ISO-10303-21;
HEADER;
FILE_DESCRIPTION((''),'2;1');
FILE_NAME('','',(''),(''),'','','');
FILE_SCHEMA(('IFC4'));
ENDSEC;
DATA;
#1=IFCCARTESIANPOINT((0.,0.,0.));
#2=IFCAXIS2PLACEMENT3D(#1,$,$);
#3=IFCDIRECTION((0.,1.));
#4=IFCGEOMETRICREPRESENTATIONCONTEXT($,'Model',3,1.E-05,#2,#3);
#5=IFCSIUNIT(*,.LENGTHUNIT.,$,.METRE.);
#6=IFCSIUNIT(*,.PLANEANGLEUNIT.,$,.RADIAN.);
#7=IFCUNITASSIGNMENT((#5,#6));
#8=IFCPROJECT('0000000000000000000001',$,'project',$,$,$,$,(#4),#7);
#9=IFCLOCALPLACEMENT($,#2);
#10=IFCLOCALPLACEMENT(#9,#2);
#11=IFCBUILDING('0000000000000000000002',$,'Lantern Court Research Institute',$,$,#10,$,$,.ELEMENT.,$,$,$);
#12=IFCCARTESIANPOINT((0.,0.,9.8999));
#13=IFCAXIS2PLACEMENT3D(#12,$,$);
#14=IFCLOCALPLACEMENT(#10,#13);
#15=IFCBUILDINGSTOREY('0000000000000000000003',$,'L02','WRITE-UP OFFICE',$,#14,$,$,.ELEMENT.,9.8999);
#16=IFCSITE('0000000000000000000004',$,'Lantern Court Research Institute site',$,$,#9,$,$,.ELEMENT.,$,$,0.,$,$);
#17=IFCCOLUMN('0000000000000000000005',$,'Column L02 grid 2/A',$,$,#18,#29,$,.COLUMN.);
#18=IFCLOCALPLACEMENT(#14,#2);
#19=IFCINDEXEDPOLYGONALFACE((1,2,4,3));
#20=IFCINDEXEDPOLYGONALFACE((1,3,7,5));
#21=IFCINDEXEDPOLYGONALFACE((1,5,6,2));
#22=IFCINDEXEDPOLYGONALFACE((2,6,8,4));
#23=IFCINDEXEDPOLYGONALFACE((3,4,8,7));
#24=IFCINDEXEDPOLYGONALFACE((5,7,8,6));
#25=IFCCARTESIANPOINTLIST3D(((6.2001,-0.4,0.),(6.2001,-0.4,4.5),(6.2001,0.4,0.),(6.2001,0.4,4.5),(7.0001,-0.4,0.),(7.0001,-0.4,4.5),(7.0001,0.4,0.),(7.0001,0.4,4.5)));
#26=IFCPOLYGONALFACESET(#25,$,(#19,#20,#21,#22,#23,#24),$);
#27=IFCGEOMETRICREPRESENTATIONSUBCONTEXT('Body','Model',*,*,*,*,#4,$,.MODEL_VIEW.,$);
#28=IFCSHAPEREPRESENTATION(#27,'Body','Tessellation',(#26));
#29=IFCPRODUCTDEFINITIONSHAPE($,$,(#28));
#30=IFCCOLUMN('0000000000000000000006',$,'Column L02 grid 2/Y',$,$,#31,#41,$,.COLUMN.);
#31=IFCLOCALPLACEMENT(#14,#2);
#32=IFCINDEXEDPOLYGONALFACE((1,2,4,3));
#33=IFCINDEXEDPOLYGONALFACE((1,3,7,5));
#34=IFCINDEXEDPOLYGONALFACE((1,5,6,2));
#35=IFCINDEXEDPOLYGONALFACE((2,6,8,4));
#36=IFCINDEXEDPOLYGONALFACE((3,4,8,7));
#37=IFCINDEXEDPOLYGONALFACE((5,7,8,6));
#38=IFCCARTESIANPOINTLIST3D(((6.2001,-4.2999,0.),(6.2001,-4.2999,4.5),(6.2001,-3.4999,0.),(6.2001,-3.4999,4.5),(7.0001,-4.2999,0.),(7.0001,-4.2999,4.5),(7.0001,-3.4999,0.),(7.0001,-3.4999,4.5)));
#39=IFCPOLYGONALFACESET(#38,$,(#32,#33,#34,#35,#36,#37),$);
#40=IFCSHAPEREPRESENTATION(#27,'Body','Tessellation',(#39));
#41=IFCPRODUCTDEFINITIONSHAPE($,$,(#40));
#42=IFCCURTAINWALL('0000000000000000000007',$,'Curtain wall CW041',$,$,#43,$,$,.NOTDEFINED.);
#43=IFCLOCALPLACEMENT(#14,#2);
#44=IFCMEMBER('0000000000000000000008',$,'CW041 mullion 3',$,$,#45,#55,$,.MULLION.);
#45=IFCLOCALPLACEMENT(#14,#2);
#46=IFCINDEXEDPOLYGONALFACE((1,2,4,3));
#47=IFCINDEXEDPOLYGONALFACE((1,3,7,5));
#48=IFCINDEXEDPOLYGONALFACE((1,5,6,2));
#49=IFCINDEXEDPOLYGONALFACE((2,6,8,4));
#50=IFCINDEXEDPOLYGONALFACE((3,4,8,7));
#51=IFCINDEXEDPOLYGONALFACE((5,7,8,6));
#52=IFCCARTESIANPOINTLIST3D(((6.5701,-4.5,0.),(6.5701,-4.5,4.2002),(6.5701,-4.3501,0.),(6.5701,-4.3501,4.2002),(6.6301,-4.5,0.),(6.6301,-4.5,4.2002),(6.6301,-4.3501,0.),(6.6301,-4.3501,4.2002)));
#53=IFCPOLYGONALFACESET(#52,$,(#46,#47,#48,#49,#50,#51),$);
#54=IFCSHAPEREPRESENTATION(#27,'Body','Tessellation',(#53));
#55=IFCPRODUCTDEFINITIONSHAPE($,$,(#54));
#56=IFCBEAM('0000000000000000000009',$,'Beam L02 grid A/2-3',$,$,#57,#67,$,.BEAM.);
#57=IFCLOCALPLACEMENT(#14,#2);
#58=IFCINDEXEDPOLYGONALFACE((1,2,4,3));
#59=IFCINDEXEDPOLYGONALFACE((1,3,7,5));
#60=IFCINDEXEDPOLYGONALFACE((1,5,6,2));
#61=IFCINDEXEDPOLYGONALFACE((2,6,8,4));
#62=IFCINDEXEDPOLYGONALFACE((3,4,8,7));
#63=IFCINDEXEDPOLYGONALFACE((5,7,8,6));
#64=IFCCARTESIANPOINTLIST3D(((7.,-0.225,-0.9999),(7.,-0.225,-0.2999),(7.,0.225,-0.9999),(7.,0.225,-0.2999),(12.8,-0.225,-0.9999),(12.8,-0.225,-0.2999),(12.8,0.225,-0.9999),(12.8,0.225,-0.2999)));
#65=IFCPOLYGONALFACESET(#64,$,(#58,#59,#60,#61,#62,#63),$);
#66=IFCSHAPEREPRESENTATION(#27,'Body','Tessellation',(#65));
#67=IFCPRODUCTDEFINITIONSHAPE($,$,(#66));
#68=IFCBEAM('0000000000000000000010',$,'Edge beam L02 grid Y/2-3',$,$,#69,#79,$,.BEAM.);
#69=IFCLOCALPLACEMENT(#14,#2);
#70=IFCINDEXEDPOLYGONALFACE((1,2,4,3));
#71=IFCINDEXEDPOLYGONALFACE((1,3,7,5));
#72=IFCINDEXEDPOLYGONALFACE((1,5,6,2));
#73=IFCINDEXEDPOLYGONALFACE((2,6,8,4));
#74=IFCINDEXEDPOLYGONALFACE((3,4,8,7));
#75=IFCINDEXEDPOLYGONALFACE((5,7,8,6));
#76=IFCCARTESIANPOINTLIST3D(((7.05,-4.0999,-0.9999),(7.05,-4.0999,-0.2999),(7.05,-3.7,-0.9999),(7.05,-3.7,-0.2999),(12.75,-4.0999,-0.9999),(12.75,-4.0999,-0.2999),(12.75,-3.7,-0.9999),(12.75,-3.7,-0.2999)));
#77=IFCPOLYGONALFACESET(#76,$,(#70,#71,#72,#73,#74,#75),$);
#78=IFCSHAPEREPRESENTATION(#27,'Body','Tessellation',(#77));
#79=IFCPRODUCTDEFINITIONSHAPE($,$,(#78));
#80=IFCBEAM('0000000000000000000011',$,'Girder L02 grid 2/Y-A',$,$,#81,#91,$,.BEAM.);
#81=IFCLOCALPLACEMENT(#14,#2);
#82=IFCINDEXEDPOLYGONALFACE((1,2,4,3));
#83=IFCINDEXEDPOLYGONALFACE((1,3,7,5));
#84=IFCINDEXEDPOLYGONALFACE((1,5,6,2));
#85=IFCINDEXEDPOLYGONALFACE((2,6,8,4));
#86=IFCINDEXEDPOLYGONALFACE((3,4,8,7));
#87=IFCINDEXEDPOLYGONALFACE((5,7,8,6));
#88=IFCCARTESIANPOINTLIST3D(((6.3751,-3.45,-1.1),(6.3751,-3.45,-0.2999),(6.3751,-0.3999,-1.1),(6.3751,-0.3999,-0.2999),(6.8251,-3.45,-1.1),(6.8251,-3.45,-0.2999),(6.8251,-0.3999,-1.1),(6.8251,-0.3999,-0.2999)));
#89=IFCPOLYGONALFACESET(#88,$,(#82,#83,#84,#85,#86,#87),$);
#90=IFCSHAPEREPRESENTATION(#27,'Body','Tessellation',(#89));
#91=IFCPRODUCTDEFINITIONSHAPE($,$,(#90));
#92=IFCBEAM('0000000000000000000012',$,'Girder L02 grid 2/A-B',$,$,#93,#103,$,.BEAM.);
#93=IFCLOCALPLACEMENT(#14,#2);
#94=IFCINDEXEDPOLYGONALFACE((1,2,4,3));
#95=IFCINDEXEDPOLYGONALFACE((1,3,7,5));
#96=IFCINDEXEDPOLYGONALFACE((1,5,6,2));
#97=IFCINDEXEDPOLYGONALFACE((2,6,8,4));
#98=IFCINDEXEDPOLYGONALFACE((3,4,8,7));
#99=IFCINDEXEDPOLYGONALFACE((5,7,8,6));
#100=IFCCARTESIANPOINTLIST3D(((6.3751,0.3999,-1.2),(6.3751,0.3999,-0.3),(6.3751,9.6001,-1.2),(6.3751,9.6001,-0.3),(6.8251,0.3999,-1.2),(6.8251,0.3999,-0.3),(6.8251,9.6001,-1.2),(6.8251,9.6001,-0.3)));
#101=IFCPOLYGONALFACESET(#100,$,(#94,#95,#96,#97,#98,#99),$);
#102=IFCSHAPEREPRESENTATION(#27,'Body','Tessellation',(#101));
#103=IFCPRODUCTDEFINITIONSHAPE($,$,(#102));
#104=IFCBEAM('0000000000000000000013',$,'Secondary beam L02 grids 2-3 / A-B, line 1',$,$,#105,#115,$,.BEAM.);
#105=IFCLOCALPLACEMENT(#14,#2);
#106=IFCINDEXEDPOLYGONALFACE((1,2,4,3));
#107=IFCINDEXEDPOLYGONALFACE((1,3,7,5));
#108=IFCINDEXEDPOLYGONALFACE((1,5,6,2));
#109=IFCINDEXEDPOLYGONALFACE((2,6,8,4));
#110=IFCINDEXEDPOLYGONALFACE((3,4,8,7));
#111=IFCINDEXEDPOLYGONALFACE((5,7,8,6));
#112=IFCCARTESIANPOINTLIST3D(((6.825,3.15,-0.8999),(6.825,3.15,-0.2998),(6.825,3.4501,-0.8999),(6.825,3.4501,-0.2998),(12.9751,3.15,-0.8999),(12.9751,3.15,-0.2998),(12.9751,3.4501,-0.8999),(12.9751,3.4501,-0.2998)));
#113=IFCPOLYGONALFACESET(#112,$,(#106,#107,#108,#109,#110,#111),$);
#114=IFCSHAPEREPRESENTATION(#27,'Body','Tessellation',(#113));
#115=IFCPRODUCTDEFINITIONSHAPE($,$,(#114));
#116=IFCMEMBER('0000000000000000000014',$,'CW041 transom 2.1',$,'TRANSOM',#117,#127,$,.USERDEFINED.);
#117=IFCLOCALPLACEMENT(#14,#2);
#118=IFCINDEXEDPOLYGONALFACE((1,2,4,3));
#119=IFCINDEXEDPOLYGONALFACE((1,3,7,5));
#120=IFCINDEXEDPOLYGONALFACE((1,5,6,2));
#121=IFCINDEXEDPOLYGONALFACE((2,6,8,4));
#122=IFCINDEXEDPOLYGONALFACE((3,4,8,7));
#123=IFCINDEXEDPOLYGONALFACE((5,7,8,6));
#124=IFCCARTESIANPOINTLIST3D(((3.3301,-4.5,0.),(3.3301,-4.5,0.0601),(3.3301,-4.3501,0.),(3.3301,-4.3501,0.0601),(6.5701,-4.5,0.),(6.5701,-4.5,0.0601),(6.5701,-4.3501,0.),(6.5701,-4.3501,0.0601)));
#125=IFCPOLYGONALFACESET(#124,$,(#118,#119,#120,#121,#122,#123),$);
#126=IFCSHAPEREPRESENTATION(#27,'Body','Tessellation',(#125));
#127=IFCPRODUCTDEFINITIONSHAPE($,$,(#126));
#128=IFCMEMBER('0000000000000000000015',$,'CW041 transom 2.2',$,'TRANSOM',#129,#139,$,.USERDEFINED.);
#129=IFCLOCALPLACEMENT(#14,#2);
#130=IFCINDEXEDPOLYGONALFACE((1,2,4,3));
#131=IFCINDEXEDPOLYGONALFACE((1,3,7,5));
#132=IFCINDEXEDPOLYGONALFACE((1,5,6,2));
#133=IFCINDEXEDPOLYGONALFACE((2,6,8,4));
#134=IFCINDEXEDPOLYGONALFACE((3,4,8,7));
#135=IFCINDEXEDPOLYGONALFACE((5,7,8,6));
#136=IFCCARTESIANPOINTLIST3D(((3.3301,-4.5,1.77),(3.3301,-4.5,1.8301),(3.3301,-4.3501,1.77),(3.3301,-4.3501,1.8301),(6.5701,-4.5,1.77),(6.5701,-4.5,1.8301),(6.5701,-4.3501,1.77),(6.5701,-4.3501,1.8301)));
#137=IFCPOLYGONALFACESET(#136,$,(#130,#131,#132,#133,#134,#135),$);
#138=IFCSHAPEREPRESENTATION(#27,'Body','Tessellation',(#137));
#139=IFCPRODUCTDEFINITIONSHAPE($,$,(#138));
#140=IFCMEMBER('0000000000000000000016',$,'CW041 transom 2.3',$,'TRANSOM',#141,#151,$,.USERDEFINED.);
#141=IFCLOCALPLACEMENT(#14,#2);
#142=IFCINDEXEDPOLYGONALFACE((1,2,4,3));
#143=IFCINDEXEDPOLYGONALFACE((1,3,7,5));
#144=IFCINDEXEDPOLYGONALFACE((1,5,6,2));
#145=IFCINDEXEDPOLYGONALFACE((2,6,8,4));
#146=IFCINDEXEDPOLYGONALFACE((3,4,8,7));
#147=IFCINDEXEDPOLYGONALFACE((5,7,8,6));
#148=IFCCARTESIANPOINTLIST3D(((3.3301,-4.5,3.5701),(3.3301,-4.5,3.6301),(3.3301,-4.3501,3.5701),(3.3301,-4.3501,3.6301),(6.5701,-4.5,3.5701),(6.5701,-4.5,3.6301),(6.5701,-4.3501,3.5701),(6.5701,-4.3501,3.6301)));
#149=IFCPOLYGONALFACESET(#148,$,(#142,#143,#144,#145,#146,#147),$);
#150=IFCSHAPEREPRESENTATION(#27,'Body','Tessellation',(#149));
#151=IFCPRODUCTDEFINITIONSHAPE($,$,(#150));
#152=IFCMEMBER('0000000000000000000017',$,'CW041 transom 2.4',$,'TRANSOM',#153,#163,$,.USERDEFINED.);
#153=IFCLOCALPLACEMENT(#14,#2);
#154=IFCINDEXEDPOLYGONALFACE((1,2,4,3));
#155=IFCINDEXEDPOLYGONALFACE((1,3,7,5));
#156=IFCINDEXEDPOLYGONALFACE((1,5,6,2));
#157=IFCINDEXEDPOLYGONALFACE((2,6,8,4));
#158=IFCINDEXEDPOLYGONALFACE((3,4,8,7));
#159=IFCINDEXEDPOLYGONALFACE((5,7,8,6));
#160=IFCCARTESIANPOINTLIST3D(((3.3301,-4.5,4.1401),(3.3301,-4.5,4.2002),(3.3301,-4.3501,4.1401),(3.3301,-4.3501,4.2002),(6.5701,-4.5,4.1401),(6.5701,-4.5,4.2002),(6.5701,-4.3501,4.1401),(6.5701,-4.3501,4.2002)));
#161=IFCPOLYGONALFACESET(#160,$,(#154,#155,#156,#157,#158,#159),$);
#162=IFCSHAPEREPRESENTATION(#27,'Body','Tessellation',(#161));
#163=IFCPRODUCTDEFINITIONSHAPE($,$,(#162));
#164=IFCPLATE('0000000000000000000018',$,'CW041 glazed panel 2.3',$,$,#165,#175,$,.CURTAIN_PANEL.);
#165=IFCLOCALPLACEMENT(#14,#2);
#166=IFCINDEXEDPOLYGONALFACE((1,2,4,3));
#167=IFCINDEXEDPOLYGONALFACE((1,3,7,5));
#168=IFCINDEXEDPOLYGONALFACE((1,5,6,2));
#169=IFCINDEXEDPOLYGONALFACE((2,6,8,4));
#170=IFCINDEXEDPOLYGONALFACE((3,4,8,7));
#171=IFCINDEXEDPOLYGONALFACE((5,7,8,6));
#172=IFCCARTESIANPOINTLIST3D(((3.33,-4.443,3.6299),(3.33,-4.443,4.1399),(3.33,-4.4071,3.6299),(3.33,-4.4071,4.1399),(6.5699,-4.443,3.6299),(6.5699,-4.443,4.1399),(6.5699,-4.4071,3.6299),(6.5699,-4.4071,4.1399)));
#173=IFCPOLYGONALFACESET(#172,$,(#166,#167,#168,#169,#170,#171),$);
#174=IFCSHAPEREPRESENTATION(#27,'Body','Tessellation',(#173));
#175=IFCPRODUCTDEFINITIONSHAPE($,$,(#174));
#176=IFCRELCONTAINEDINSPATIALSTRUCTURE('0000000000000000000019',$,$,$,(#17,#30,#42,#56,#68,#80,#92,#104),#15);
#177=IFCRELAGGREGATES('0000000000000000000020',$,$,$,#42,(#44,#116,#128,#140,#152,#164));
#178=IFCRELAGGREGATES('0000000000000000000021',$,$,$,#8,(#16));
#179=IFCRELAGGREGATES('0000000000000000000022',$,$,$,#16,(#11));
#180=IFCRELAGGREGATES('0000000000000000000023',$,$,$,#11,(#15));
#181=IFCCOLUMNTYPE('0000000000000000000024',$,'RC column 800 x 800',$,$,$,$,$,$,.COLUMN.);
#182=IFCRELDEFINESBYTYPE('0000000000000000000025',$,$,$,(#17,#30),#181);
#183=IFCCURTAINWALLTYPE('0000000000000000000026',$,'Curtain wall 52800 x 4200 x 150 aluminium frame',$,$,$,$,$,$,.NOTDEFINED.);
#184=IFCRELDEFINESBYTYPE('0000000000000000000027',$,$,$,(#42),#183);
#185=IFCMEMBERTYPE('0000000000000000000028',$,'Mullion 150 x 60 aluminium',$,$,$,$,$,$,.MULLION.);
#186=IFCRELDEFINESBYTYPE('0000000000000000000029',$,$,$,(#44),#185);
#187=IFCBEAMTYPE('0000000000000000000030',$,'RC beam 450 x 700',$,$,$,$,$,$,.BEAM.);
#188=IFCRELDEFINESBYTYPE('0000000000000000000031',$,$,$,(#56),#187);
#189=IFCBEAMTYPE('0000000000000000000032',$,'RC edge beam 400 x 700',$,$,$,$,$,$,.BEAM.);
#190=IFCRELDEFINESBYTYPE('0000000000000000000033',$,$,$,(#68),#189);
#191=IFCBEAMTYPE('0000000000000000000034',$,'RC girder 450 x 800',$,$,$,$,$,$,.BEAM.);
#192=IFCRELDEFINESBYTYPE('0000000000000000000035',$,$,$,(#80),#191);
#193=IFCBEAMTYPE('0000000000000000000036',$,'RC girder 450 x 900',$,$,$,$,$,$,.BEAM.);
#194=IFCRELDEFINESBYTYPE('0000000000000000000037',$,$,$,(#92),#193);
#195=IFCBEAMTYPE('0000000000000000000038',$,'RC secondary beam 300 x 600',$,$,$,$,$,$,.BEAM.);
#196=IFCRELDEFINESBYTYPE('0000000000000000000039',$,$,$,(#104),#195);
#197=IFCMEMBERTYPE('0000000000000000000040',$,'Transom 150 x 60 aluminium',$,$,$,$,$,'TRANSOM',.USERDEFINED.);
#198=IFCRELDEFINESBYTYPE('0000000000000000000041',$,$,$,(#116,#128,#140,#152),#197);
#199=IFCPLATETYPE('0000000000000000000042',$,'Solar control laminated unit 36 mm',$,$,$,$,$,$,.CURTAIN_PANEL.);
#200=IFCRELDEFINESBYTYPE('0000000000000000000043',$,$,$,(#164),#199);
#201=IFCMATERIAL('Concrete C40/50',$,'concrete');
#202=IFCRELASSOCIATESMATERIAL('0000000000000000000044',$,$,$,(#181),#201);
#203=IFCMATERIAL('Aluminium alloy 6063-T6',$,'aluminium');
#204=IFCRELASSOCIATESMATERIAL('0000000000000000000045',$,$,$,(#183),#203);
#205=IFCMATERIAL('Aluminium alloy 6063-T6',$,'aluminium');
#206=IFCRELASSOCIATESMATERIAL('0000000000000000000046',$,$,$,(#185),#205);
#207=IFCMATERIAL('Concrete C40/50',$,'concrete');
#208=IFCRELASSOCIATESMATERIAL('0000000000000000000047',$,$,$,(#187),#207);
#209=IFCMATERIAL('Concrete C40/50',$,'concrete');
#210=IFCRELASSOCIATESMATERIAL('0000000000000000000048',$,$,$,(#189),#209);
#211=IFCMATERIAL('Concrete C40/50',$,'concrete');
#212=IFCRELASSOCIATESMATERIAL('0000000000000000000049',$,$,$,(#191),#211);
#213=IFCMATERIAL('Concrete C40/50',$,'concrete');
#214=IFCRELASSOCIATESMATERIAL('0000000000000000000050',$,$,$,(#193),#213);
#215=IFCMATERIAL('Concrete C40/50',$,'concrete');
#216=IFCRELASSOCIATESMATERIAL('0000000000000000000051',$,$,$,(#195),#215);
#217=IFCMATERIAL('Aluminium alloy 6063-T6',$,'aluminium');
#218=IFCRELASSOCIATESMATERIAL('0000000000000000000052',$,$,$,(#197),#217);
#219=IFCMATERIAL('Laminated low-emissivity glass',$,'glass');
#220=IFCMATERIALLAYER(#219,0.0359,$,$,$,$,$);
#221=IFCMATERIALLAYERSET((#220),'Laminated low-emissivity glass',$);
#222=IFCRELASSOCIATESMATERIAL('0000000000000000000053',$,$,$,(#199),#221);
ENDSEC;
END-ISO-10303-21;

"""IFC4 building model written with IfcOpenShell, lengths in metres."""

from ifc_helpers import new_model, si_unit, direction, frame, origin, origin_2d, place, context, subcontext, project, spatial, rectangle, extrude, material, layer, layer_set, material_profile, profile_set, type_object, element, aggregate, save


model = new_model("IFC4")

# Units and contexts
model_context = context("Model", 3, precision=1e-05, world=origin(), true_north=direction((0.0, 1.0)))
body_context = subcontext(model_context, "Body", "Model", "MODEL_VIEW")
ifc_project = project(units=[si_unit("LENGTHUNIT", "METRE"), si_unit("PLANEANGLEUNIT", "RADIAN")], contexts=[model_context])

# Site, building, storey
site_placement = place(None, origin())
site = spatial("IfcSite", under=ifc_project, at=site_placement, Name="Lantern Court Research Institute site", CompositionType="ELEMENT", RefElevation=0.0)
building_placement = place(site_placement, origin())
building = spatial("IfcBuilding", under=site, at=building_placement, Name="Lantern Court Research Institute", CompositionType="ELEMENT")
storey_placement = place(building_placement, frame((0.0, 0.0, 9.8999)))
storey = spatial("IfcBuildingStorey", under=building, at=storey_placement, Name="L02", Description="WRITE-UP OFFICE", CompositionType="ELEMENT", Elevation=9.8999)

# Columns
ifc_material_1 = material(Name="Concrete C40/50", Category="concrete")
ifc_material_profile_1 = material_profile(ifc_material_1, rectangle(XDim=0.8, YDim=0.8, at=origin_2d()), Name="RC column 800 x 800")
ifc_profile_set_1 = profile_set([ifc_material_profile_1], Name="Concrete C40/50")
column_type = type_object("IfcColumnType", Name="RC column 800 x 800", PredefinedType="COLUMN", material=ifc_profile_set_1)
for number, where, z_axis, x_axis, name in (
    (1, (6.6001, 0.0, 0.0), (0.0, 0.0, 1.0), (1.0, 0.0, 0.0), "Column L02 grid 2/A"),
    (2, (6.6001, -3.8999, 0.0), (0.0, 0.0, 1.0), (1.0, 0.0, 0.0), "Column L02 grid 2/Y"),
):
    element("IfcColumn", number, at=place(storey_placement, frame(where, z_axis=z_axis, x_axis=x_axis)), inside=storey, type_object=column_type, Name=name, PredefinedType="COLUMN", context=body_context, shape_type="SweptSolid", body=[
        extrude(rectangle(XDim=0.8, YDim=0.8, at=origin_2d()), origin(), (0.0, 0.0, 1.0), 4.5),
    ])

# Curtain wall, member
ifc_material_2 = material(Name="Aluminium alloy 6063-T6", Category="aluminium")
curtain_wall_type = type_object("IfcCurtainWallType", Name="Curtain wall 52800 x 4200 x 150 aluminium frame", PredefinedType="NOTDEFINED", material=ifc_material_2)
curtain_wall_placement = place(storey_placement, origin())
curtain_wall = element("IfcCurtainWall", 3, at=curtain_wall_placement, inside=storey, type_object=curtain_wall_type, Name="Curtain wall CW041", PredefinedType="NOTDEFINED")
ifc_material_3 = material(Name="Aluminium alloy 6063-T6", Category="aluminium")
ifc_material_profile_2 = material_profile(ifc_material_3, rectangle(XDim=0.1499, YDim=0.0601, at=origin_2d()), Name="Mullion 150 x 60")
ifc_profile_set_2 = profile_set([ifc_material_profile_2], Name="Aluminium alloy 6063-T6")
member_type_1 = type_object("IfcMemberType", Name="Mullion 150 x 60 aluminium", PredefinedType="MULLION", material=ifc_profile_set_2)
member_1_placement = place(storey_placement, frame((6.6001, -4.425, 0.0), z_axis=(0.0, 0.0, 1.0), x_axis=(0.0, -1.0, 0.0)))
member_1 = element("IfcMember", 4, at=member_1_placement, type_object=member_type_1, Name="CW041 mullion 3", PredefinedType="MULLION", context=body_context, shape_type="SweptSolid", body=[
    extrude(rectangle(XDim=0.1499, YDim=0.0601, at=origin_2d()), origin(), (0.0, 0.0, 1.0), 4.2002),
])

# Beams
ifc_material_4 = material(Name="Concrete C40/50", Category="concrete")
ifc_material_profile_3 = material_profile(ifc_material_4, rectangle(XDim=0.45, YDim=0.7, at=origin_2d()), Name="RC beam 450 x 700")
ifc_profile_set_3 = profile_set([ifc_material_profile_3], Name="Concrete C40/50")
beam_type_1 = type_object("IfcBeamType", Name="RC beam 450 x 700", PredefinedType="BEAM", material=ifc_profile_set_3)
beam_1_placement = place(storey_placement, frame((7.0, 0.0, -0.6499), z_axis=(1.0, 0.0, 0.0), x_axis=(0.0, 1.0, 0.0)))
element("IfcBeam", 5, at=beam_1_placement, inside=storey, type_object=beam_type_1, Name="Beam L02 grid A/2-3", PredefinedType="BEAM", context=body_context, shape_type="SweptSolid", body=[
    extrude(rectangle(XDim=0.45, YDim=0.7, at=origin_2d()), origin(), (0.0, 0.0, 1.0), 5.8),
])
ifc_material_5 = material(Name="Concrete C40/50", Category="concrete")
ifc_material_profile_4 = material_profile(ifc_material_5, rectangle(XDim=0.3999, YDim=0.7, at=origin_2d()), Name="RC beam 400 x 700")
ifc_profile_set_4 = profile_set([ifc_material_profile_4], Name="Concrete C40/50")
beam_type_2 = type_object("IfcBeamType", Name="RC edge beam 400 x 700", PredefinedType="BEAM", material=ifc_profile_set_4)
beam_2_placement = place(storey_placement, frame((7.05, -3.8999, -0.6499), z_axis=(1.0, 0.0, 0.0), x_axis=(0.0, 1.0, 0.0)))
element("IfcBeam", 6, at=beam_2_placement, inside=storey, type_object=beam_type_2, Name="Edge beam L02 grid Y/2-3", PredefinedType="BEAM", context=body_context, shape_type="SweptSolid", body=[
    extrude(rectangle(XDim=0.3999, YDim=0.7, at=origin_2d()), origin(), (0.0, 0.0, 1.0), 5.7),
])
ifc_material_6 = material(Name="Concrete C40/50", Category="concrete")
ifc_material_profile_5 = material_profile(ifc_material_6, rectangle(XDim=0.45, YDim=0.8, at=origin_2d()), Name="RC beam 450 x 800")
ifc_profile_set_5 = profile_set([ifc_material_profile_5], Name="Concrete C40/50")
beam_type_3 = type_object("IfcBeamType", Name="RC girder 450 x 800", PredefinedType="BEAM", material=ifc_profile_set_5)
beam_3_placement = place(storey_placement, frame((6.6001, -3.45, -0.7), z_axis=(0.0, 1.0, 0.0), x_axis=(-1.0, 0.0, 0.0)))
element("IfcBeam", 7, at=beam_3_placement, inside=storey, type_object=beam_type_3, Name="Girder L02 grid 2/Y-A", PredefinedType="BEAM", context=body_context, shape_type="SweptSolid", body=[
    extrude(rectangle(XDim=0.45, YDim=0.8, at=origin_2d()), origin(), (0.0, 0.0, 1.0), 3.05),
])
ifc_material_7 = material(Name="Concrete C40/50", Category="concrete")
ifc_material_profile_6 = material_profile(ifc_material_7, rectangle(XDim=0.45, YDim=0.8999, at=origin_2d()), Name="RC beam 450 x 900")
ifc_profile_set_6 = profile_set([ifc_material_profile_6], Name="Concrete C40/50")
beam_type_4 = type_object("IfcBeamType", Name="RC girder 450 x 900", PredefinedType="BEAM", material=ifc_profile_set_6)
beam_4_placement = place(storey_placement, frame((6.6001, 0.3999, -0.75), z_axis=(0.0, 1.0, 0.0), x_axis=(-1.0, 0.0, 0.0)))
element("IfcBeam", 8, at=beam_4_placement, inside=storey, type_object=beam_type_4, Name="Girder L02 grid 2/A-B", PredefinedType="BEAM", context=body_context, shape_type="SweptSolid", body=[
    extrude(rectangle(XDim=0.45, YDim=0.8999, at=origin_2d()), origin(), (0.0, 0.0, 1.0), 9.2002),
])
ifc_material_8 = material(Name="Concrete C40/50", Category="concrete")
ifc_material_profile_7 = material_profile(ifc_material_8, rectangle(XDim=0.3, YDim=0.6001, at=origin_2d()), Name="RC beam 300 x 600")
ifc_profile_set_7 = profile_set([ifc_material_profile_7], Name="Concrete C40/50")
beam_type_5 = type_object("IfcBeamType", Name="RC secondary beam 300 x 600", PredefinedType="BEAM", material=ifc_profile_set_7)
beam_5_placement = place(storey_placement, frame((6.825, 3.3, -0.5999), z_axis=(1.0, 0.0, 0.0), x_axis=(0.0, 1.0, 0.0)))
element("IfcBeam", 9, at=beam_5_placement, inside=storey, type_object=beam_type_5, Name="Secondary beam L02 grids 2-3 / A-B, line 1", PredefinedType="BEAM", context=body_context, shape_type="SweptSolid", body=[
    extrude(rectangle(XDim=0.3, YDim=0.6001, at=origin_2d()), origin(), (0.0, 0.0, 1.0), 6.1501),
])

# Members
ifc_material_9 = material(Name="Aluminium alloy 6063-T6", Category="aluminium")
ifc_material_profile_8 = material_profile(ifc_material_9, rectangle(XDim=0.1499, YDim=0.0601, at=origin_2d()), Name="Transom 150 x 60")
ifc_profile_set_8 = profile_set([ifc_material_profile_8], Name="Aluminium alloy 6063-T6")
member_type_2 = type_object("IfcMemberType", Name="Transom 150 x 60 aluminium", ElementType="TRANSOM", PredefinedType="USERDEFINED", material=ifc_profile_set_8)
member_2_placement = place(storey_placement, frame((6.5701, -4.425, 0.03), z_axis=(-1.0, 0.0, 0.0), x_axis=(0.0, -1.0, 0.0)))
member_2 = element("IfcMember", 10, at=member_2_placement, type_object=member_type_2, Name="CW041 transom 2.1", ObjectType="TRANSOM", PredefinedType="USERDEFINED", context=body_context, shape_type="SweptSolid", body=[
    extrude(rectangle(XDim=0.1499, YDim=0.0601, at=origin_2d()), origin(), (0.0, 0.0, 1.0), 3.24),
])
member_3_placement = place(storey_placement, frame((6.5701, -4.425, 1.8), z_axis=(-1.0, 0.0, 0.0), x_axis=(0.0, -1.0, 0.0)))
member_3 = element("IfcMember", 11, at=member_3_placement, type_object=member_type_2, Name="CW041 transom 2.2", ObjectType="TRANSOM", PredefinedType="USERDEFINED", context=body_context, shape_type="SweptSolid", body=[
    extrude(rectangle(XDim=0.1499, YDim=0.0601, at=origin_2d()), origin(), (0.0, 0.0, 1.0), 3.24),
])
member_4_placement = place(storey_placement, frame((6.5701, -4.425, 3.6001), z_axis=(-1.0, 0.0, 0.0), x_axis=(0.0, -1.0, 0.0)))
member_4 = element("IfcMember", 12, at=member_4_placement, type_object=member_type_2, Name="CW041 transom 2.3", ObjectType="TRANSOM", PredefinedType="USERDEFINED", context=body_context, shape_type="SweptSolid", body=[
    extrude(rectangle(XDim=0.1499, YDim=0.0601, at=origin_2d()), origin(), (0.0, 0.0, 1.0), 3.24),
])
member_5_placement = place(storey_placement, frame((6.5701, -4.425, 4.1702), z_axis=(-1.0, 0.0, 0.0), x_axis=(0.0, -1.0, 0.0)))
member_5 = element("IfcMember", 13, at=member_5_placement, type_object=member_type_2, Name="CW041 transom 2.4", ObjectType="TRANSOM", PredefinedType="USERDEFINED", context=body_context, shape_type="SweptSolid", body=[
    extrude(rectangle(XDim=0.1499, YDim=0.0601, at=origin_2d()), origin(), (0.0, 0.0, 1.0), 3.24),
])

# Plate
ifc_material_10 = material(Name="Laminated low-emissivity glass", Category="glass")
ifc_layer_1 = layer(ifc_material_10, 0.0359)
ifc_layer_set_1 = layer_set([ifc_layer_1], Name="Laminated low-emissivity glass")
plate_type = type_object("IfcPlateType", Name="Solar control laminated unit 36 mm", PredefinedType="CURTAIN_PANEL", material=ifc_layer_set_1)
plate_placement = place(storey_placement, frame((4.95, -4.425, 3.6299), z_axis=(0.0, 0.0, 1.0), x_axis=(-1.0, 0.0, 0.0)))
plate = element("IfcPlate", 14, at=plate_placement, type_object=plate_type, Name="CW041 glazed panel 2.3", PredefinedType="CURTAIN_PANEL", context=body_context, shape_type="SweptSolid", body=[
    extrude(rectangle(XDim=3.24, YDim=0.0359, at=origin_2d()), origin(), (0.0, 0.0, 1.0), 0.51),
])
aggregate(curtain_wall, [member_1, member_2, member_3, member_4, member_5, plate])

save(model, "model.ifc")
